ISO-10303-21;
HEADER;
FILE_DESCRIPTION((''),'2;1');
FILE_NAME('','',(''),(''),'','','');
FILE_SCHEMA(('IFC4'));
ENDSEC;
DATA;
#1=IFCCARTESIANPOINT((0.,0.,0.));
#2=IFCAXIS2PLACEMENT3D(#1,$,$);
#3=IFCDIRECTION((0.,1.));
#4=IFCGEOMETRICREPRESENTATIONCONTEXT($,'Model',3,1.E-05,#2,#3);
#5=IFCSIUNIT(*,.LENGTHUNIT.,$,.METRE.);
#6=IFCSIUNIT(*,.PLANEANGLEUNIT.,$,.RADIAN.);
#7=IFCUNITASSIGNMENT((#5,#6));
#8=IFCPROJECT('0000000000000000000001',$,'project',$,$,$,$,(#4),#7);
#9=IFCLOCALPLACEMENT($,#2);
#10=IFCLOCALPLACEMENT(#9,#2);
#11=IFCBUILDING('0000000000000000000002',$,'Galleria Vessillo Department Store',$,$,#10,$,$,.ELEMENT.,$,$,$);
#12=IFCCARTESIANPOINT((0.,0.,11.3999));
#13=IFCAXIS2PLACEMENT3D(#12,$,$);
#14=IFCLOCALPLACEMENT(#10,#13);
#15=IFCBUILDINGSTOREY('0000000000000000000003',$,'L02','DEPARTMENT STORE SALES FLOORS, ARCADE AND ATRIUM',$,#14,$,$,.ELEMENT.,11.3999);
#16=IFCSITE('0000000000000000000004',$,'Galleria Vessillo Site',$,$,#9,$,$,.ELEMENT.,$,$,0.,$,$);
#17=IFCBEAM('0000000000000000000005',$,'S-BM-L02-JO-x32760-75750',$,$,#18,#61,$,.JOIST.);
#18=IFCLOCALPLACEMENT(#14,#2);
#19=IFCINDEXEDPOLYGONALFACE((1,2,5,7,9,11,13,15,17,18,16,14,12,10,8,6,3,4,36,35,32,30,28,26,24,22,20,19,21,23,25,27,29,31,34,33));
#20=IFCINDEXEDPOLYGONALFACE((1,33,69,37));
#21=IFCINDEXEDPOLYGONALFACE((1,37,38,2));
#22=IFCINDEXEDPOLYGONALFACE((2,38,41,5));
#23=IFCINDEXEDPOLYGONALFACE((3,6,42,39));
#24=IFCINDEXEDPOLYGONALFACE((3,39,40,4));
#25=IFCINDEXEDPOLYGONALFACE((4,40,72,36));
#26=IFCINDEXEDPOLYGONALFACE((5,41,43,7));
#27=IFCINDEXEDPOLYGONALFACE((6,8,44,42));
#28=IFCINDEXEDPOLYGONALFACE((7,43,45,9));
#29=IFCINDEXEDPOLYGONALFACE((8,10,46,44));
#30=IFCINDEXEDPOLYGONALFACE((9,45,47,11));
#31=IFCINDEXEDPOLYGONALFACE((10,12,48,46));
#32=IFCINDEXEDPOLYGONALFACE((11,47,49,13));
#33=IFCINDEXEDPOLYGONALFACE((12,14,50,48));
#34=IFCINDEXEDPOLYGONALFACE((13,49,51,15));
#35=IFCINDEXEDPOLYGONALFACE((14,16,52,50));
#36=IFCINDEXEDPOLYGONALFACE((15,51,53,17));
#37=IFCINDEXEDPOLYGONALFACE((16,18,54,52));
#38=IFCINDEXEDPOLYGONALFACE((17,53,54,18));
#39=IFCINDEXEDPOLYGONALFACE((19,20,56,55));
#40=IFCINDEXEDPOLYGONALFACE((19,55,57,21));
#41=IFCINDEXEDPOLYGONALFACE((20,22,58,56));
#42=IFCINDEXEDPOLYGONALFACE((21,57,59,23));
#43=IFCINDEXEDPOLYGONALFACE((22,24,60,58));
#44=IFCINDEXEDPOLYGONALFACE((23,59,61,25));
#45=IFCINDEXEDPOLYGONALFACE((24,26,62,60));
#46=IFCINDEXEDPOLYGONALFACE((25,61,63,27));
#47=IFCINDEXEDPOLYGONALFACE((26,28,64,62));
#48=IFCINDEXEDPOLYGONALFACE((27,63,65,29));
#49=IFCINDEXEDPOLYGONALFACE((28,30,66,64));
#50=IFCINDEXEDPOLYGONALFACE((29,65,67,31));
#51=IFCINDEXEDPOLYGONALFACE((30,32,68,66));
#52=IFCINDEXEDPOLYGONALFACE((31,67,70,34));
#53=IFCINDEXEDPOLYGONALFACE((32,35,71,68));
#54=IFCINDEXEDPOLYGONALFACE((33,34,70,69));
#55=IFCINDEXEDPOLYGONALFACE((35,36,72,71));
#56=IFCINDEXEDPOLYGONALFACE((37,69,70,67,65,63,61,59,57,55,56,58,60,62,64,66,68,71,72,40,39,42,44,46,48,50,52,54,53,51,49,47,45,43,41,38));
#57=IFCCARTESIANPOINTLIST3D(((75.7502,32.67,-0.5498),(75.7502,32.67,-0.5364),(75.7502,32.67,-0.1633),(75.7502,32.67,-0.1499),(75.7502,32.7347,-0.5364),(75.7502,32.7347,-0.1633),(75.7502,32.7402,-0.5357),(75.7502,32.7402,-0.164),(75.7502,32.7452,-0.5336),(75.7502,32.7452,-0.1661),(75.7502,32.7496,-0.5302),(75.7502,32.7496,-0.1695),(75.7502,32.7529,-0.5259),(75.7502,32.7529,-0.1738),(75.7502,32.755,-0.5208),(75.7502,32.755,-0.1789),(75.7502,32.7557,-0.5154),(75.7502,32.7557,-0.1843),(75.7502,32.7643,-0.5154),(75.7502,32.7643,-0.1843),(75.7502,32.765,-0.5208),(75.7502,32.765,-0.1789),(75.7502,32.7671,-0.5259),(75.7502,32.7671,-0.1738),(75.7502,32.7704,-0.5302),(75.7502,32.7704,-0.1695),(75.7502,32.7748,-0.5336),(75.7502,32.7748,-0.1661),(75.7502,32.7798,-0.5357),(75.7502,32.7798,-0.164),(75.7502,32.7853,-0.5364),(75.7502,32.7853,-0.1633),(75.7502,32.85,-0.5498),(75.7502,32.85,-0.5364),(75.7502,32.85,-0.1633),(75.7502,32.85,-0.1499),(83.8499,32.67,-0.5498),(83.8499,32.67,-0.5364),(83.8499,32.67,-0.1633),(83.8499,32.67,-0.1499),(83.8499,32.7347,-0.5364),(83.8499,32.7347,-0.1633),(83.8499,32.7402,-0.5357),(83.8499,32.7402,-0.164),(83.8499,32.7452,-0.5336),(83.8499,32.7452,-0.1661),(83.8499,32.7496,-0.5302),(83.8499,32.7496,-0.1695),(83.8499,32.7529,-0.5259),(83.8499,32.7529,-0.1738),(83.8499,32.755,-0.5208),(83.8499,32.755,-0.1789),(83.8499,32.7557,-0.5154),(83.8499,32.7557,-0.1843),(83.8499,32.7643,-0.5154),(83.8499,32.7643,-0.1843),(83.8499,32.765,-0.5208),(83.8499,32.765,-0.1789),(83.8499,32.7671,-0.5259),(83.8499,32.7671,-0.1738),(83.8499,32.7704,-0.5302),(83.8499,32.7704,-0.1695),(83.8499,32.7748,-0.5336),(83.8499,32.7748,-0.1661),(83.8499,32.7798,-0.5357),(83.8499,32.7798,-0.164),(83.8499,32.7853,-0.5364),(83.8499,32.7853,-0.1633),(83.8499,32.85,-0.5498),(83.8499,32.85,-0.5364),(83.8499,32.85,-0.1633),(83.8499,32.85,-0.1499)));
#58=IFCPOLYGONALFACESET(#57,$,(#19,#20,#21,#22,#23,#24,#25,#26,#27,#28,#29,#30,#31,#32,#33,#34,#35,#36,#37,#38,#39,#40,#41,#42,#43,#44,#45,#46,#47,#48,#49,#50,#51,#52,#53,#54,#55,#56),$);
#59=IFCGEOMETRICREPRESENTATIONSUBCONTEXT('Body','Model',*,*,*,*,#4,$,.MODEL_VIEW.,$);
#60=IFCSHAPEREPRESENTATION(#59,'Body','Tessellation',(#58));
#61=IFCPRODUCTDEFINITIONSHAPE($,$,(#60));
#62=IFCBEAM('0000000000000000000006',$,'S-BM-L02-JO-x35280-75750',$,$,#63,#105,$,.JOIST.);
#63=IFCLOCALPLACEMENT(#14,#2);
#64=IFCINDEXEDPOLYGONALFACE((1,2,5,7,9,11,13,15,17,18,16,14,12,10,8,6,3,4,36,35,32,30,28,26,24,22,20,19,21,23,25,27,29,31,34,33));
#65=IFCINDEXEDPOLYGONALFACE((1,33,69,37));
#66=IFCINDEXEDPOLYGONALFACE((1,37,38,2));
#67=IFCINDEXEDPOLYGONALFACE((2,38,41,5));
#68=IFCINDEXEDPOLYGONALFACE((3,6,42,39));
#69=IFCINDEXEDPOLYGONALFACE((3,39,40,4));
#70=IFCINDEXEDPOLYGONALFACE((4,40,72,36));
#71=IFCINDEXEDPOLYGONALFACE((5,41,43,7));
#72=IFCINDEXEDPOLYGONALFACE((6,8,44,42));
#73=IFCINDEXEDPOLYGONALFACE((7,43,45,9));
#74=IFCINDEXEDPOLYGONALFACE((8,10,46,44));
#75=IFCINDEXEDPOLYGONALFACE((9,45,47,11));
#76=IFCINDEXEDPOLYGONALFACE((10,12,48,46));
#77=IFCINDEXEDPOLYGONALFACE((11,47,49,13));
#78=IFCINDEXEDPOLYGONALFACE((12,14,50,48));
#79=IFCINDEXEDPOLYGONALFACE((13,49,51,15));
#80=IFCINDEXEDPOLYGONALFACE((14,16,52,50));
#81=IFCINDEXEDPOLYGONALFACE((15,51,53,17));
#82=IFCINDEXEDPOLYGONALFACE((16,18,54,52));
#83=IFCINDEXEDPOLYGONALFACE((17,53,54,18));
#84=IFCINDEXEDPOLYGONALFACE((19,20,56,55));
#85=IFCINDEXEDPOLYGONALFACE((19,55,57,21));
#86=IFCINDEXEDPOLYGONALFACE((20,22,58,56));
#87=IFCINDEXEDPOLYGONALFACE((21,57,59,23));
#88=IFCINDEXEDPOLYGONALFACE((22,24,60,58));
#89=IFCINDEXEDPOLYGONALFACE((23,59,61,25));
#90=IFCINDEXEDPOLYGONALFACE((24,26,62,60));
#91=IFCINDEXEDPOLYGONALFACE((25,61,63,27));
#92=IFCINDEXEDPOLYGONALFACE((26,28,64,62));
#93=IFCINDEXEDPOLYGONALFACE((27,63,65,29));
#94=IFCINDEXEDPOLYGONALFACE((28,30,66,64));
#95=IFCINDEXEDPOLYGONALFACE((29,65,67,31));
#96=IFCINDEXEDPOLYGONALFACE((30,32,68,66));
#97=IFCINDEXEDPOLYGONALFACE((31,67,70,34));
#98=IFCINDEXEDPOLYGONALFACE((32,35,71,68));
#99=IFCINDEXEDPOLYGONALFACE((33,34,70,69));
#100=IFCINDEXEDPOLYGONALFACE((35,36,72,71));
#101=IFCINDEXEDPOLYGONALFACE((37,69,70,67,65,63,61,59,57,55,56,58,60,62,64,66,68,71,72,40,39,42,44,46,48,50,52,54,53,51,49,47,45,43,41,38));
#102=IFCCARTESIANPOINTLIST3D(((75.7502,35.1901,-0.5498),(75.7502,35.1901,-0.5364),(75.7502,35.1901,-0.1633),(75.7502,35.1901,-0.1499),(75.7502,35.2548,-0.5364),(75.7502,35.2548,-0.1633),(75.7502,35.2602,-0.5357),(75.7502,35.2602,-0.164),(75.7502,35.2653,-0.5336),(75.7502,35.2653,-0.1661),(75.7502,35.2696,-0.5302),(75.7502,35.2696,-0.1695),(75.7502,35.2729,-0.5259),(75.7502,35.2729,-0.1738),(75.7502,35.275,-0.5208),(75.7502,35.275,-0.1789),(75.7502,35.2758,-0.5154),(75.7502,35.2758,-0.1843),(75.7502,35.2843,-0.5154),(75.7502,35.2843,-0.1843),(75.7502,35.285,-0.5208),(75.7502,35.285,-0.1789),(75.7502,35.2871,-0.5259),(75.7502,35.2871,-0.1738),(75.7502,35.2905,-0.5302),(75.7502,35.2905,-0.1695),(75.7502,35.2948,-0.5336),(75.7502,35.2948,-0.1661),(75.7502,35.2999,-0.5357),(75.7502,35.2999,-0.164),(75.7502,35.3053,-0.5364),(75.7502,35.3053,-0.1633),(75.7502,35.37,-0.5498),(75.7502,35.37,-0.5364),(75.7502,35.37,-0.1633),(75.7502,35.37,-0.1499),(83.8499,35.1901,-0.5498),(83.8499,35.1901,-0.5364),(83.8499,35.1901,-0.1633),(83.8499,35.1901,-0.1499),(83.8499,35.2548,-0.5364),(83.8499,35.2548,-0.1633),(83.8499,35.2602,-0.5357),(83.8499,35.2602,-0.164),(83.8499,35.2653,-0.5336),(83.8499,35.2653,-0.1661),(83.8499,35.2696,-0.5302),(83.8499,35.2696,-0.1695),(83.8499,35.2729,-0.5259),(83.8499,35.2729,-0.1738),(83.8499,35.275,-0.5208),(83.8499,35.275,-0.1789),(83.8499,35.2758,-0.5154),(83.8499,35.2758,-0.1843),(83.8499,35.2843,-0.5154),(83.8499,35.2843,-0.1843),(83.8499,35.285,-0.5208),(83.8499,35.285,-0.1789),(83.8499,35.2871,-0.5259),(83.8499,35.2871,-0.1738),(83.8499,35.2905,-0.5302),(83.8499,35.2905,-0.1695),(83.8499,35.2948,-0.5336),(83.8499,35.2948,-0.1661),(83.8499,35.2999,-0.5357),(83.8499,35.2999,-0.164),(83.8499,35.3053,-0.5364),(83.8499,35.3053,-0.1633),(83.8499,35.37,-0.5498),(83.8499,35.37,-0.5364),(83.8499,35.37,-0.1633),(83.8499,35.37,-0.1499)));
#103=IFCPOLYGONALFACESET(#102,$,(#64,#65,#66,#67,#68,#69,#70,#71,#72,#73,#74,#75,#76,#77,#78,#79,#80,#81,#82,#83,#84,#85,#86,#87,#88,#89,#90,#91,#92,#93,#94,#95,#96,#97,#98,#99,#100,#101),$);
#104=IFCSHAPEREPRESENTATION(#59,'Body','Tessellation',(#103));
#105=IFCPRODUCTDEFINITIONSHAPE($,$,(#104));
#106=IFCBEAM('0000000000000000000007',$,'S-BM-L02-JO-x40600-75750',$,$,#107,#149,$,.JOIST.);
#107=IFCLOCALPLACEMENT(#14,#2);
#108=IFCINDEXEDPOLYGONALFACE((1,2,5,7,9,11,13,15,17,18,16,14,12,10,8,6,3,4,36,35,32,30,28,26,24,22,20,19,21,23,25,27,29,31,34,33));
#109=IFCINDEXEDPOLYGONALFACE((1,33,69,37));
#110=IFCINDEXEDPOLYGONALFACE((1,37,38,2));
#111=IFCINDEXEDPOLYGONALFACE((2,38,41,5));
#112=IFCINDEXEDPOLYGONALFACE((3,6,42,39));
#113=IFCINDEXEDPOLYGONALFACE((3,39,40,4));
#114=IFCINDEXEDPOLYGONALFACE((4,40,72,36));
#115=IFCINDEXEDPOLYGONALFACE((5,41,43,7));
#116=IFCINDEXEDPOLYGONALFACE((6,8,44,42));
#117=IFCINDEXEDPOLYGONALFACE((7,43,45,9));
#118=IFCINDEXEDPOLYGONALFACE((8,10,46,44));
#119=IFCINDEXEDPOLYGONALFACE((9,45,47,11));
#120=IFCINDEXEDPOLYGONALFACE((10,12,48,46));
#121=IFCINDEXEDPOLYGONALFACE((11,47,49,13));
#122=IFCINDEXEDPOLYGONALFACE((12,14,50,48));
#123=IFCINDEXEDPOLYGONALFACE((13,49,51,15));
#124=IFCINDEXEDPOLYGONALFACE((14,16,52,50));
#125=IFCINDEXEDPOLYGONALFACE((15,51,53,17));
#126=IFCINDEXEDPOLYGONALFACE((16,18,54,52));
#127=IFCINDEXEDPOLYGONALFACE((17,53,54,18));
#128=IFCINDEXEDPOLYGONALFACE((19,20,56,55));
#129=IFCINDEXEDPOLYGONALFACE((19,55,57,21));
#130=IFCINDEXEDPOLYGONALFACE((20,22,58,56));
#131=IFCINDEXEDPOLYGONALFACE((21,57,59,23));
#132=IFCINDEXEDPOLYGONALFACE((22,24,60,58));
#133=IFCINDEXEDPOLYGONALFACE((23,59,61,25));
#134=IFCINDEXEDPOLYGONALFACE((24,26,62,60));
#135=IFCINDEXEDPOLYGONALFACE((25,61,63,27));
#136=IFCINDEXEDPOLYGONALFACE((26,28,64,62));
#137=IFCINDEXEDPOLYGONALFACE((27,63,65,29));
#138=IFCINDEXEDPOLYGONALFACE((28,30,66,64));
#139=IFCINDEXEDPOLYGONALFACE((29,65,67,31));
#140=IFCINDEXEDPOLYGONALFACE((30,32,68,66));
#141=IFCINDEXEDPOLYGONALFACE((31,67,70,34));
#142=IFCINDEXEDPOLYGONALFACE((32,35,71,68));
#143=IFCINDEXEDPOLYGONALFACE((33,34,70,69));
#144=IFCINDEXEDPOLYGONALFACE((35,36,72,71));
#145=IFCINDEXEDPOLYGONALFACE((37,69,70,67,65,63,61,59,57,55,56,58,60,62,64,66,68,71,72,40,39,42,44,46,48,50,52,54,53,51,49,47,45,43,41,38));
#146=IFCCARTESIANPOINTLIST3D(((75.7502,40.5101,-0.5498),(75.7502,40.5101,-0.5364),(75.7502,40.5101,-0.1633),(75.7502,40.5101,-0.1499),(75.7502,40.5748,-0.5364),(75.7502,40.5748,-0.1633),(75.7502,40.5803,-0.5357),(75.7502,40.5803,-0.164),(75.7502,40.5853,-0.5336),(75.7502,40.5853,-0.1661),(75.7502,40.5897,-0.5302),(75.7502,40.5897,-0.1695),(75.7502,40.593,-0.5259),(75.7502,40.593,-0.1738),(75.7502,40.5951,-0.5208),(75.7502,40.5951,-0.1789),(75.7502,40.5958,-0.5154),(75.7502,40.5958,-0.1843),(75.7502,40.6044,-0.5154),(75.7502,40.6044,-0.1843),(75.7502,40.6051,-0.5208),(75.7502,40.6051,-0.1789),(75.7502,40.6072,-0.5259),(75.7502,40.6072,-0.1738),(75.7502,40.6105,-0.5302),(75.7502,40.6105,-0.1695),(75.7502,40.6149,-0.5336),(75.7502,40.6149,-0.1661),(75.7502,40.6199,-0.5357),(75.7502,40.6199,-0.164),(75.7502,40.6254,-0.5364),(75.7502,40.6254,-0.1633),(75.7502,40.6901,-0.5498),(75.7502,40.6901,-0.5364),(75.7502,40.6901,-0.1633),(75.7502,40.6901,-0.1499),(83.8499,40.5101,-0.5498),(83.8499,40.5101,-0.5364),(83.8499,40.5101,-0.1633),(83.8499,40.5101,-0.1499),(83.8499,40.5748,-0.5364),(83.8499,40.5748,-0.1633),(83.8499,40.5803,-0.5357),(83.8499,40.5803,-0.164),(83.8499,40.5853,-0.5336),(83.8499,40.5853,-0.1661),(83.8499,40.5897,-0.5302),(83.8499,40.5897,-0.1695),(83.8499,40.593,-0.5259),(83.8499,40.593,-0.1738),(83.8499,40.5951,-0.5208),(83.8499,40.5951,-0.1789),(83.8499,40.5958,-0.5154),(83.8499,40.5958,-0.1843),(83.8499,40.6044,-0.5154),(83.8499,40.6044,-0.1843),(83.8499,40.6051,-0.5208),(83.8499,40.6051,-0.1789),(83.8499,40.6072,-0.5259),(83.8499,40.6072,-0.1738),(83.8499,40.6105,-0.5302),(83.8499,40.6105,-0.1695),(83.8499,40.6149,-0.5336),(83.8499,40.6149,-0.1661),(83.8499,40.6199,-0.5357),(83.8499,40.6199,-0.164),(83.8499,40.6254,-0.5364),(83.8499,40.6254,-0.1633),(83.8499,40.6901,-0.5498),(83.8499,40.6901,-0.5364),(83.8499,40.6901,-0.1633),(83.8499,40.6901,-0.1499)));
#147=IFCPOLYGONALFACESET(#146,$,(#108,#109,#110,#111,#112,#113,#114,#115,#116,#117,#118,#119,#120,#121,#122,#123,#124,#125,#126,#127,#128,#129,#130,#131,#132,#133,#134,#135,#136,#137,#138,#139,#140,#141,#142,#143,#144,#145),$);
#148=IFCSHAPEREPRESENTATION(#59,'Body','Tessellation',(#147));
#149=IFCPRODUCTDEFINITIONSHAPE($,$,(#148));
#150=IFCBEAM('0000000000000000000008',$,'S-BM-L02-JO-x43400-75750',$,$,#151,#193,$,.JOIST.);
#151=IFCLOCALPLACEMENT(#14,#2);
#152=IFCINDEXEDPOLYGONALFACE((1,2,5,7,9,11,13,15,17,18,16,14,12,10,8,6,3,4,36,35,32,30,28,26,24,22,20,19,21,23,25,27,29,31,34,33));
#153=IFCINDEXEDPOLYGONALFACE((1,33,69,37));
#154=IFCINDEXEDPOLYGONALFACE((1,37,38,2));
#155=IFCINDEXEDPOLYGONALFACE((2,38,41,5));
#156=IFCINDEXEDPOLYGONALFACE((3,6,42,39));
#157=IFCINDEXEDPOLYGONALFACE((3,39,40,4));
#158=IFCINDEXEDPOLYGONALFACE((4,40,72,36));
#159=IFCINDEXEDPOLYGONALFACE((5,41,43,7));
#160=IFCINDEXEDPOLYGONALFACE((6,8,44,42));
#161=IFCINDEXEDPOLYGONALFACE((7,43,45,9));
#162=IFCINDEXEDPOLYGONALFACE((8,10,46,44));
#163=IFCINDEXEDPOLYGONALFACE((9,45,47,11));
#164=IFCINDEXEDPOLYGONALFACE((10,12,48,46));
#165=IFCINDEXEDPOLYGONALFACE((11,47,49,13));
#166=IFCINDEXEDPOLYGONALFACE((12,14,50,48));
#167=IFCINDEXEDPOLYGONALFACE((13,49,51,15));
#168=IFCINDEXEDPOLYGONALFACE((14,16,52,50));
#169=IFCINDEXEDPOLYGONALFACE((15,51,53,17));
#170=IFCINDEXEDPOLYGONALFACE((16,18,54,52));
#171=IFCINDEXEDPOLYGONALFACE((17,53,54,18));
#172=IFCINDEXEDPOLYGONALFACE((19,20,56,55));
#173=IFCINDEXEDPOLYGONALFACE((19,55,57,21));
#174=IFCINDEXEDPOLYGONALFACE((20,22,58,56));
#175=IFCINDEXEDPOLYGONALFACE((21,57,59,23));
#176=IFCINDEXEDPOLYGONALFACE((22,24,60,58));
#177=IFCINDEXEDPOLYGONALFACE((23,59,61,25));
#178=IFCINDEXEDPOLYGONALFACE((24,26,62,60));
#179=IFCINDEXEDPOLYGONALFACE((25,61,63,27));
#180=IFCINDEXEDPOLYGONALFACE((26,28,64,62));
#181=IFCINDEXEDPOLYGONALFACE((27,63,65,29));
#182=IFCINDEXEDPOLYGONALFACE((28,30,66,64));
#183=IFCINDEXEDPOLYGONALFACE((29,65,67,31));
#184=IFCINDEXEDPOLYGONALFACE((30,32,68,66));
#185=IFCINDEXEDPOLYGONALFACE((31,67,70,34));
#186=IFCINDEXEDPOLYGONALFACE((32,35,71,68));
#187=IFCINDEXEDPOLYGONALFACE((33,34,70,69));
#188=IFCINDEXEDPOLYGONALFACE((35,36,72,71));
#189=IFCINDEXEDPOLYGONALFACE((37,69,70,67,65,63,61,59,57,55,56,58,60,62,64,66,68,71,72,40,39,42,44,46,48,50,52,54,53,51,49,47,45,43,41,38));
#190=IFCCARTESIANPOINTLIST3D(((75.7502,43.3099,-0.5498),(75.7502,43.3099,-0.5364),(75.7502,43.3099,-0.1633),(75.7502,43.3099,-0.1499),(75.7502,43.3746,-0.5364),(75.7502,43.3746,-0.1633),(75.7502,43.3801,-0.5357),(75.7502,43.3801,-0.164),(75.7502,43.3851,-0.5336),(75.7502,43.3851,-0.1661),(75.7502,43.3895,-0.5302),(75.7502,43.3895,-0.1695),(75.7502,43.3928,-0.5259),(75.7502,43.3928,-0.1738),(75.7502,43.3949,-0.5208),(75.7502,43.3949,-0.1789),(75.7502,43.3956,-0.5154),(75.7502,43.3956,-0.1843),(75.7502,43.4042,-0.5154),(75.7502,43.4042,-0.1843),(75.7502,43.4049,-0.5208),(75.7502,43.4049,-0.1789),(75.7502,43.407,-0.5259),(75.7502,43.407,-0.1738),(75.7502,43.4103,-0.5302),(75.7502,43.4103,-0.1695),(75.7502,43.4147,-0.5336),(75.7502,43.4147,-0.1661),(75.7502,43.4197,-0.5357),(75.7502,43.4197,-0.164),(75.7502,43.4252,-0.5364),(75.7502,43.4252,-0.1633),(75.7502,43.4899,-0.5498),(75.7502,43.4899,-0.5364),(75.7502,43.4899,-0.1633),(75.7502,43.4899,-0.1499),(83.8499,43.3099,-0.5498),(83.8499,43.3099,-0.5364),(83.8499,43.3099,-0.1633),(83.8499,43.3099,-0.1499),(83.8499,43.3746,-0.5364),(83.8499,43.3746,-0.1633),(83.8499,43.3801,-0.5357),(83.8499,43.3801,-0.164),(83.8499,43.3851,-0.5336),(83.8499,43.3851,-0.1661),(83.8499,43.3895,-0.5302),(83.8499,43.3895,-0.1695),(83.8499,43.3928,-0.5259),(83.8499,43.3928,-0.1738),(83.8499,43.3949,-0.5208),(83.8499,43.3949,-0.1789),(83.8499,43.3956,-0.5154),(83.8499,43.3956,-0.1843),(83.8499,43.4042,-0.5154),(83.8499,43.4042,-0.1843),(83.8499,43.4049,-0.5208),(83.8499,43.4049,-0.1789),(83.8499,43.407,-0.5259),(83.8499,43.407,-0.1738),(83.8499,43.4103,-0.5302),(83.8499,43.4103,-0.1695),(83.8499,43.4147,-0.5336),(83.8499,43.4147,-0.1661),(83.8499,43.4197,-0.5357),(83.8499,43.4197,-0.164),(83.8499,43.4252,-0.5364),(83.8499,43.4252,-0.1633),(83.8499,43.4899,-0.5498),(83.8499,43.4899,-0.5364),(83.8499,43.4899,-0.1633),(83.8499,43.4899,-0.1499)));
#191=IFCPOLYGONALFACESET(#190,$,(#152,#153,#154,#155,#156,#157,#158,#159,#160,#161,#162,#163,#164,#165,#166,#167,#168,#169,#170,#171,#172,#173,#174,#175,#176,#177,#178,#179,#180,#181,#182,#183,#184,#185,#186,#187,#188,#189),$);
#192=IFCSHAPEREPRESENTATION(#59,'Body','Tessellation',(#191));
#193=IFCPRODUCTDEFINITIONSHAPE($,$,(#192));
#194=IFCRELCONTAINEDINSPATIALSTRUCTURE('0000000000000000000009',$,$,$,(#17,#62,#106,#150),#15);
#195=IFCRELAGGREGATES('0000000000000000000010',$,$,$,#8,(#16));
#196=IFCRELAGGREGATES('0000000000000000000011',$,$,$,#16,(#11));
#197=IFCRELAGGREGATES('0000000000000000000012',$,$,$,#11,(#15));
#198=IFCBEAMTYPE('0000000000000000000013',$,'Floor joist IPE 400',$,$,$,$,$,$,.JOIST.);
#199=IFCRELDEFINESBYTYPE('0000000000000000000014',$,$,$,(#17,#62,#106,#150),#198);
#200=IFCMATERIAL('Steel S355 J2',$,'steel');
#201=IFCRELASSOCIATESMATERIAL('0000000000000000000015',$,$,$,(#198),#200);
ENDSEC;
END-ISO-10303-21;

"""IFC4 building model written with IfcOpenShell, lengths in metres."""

from ifc_helpers import new_model, si_unit, direction, frame, origin, origin_2d, place, context, subcontext, project, spatial, i_section, extrude, material, material_profile, profile_set, type_object, element, save


model = new_model("IFC4")

# Units and contexts
model_context = context("Model", 3, precision=1e-05, world=origin(), true_north=direction((0.0, 1.0)))
body_context = subcontext(model_context, "Body", "Model", "MODEL_VIEW")
ifc_project = project(units=[si_unit("LENGTHUNIT", "METRE"), si_unit("PLANEANGLEUNIT", "RADIAN")], contexts=[model_context])

# Site, building, storey
site_placement = place(None, origin())
site = spatial("IfcSite", under=ifc_project, at=site_placement, Name="Galleria Vessillo Site", CompositionType="ELEMENT", RefElevation=0.0)
building_placement = place(site_placement, origin())
building = spatial("IfcBuilding", under=site, at=building_placement, Name="Galleria Vessillo Department Store", CompositionType="ELEMENT")
storey_placement = place(building_placement, frame((0.0, 0.0, 11.3999)))
storey = spatial("IfcBuildingStorey", under=building, at=storey_placement, Name="L02", Description="DEPARTMENT STORE SALES FLOORS, ARCADE AND ATRIUM", CompositionType="ELEMENT", Elevation=11.3999)

# Beams
ifc_material_1 = material(Name="Steel S355 J2", Category="steel")
ifc_material_profile_1 = material_profile(ifc_material_1, i_section(OverallWidth=0.1799, OverallDepth=0.3999, WebThickness=0.0085, FlangeThickness=0.0134, FilletRadius=0.021, at=origin_2d()), Name="IPE 400")
ifc_profile_set_1 = profile_set([ifc_material_profile_1], Name="Steel S355 J2")
beam_type_1 = type_object("IfcBeamType", Name="Floor joist IPE 400", PredefinedType="JOIST", material=ifc_profile_set_1)
for number, where, z_axis, x_axis, name in (
    (1, (75.7502, 32.76, -0.3499), (1.0, 0.0, 0.0), (0.0, 1.0, 0.0), "S-BM-L02-JO-x32760-75750"),
    (2, (75.7502, 35.28, -0.3499), (1.0, 0.0, 0.0), (0.0, 1.0, 0.0), "S-BM-L02-JO-x35280-75750"),
    (3, (75.7502, 40.6001, -0.3499), (1.0, 0.0, 0.0), (0.0, 1.0, 0.0), "S-BM-L02-JO-x40600-75750"),
    (4, (75.7502, 43.3999, -0.3499), (1.0, 0.0, 0.0), (0.0, 1.0, 0.0), "S-BM-L02-JO-x43400-75750"),
):
    element("IfcBeam", number, at=place(storey_placement, frame(where, z_axis=z_axis, x_axis=x_axis)), inside=storey, type_object=beam_type_1, Name=name, PredefinedType="JOIST", context=body_context, shape_type="SweptSolid", body=[
        extrude(i_section(OverallWidth=0.1799, OverallDepth=0.3999, WebThickness=0.0085, FlangeThickness=0.0134, FilletRadius=0.021, at=origin_2d()), origin(), (0.0, 0.0, 1.0), 8.0996),
    ])

save(model, "model.ifc")
